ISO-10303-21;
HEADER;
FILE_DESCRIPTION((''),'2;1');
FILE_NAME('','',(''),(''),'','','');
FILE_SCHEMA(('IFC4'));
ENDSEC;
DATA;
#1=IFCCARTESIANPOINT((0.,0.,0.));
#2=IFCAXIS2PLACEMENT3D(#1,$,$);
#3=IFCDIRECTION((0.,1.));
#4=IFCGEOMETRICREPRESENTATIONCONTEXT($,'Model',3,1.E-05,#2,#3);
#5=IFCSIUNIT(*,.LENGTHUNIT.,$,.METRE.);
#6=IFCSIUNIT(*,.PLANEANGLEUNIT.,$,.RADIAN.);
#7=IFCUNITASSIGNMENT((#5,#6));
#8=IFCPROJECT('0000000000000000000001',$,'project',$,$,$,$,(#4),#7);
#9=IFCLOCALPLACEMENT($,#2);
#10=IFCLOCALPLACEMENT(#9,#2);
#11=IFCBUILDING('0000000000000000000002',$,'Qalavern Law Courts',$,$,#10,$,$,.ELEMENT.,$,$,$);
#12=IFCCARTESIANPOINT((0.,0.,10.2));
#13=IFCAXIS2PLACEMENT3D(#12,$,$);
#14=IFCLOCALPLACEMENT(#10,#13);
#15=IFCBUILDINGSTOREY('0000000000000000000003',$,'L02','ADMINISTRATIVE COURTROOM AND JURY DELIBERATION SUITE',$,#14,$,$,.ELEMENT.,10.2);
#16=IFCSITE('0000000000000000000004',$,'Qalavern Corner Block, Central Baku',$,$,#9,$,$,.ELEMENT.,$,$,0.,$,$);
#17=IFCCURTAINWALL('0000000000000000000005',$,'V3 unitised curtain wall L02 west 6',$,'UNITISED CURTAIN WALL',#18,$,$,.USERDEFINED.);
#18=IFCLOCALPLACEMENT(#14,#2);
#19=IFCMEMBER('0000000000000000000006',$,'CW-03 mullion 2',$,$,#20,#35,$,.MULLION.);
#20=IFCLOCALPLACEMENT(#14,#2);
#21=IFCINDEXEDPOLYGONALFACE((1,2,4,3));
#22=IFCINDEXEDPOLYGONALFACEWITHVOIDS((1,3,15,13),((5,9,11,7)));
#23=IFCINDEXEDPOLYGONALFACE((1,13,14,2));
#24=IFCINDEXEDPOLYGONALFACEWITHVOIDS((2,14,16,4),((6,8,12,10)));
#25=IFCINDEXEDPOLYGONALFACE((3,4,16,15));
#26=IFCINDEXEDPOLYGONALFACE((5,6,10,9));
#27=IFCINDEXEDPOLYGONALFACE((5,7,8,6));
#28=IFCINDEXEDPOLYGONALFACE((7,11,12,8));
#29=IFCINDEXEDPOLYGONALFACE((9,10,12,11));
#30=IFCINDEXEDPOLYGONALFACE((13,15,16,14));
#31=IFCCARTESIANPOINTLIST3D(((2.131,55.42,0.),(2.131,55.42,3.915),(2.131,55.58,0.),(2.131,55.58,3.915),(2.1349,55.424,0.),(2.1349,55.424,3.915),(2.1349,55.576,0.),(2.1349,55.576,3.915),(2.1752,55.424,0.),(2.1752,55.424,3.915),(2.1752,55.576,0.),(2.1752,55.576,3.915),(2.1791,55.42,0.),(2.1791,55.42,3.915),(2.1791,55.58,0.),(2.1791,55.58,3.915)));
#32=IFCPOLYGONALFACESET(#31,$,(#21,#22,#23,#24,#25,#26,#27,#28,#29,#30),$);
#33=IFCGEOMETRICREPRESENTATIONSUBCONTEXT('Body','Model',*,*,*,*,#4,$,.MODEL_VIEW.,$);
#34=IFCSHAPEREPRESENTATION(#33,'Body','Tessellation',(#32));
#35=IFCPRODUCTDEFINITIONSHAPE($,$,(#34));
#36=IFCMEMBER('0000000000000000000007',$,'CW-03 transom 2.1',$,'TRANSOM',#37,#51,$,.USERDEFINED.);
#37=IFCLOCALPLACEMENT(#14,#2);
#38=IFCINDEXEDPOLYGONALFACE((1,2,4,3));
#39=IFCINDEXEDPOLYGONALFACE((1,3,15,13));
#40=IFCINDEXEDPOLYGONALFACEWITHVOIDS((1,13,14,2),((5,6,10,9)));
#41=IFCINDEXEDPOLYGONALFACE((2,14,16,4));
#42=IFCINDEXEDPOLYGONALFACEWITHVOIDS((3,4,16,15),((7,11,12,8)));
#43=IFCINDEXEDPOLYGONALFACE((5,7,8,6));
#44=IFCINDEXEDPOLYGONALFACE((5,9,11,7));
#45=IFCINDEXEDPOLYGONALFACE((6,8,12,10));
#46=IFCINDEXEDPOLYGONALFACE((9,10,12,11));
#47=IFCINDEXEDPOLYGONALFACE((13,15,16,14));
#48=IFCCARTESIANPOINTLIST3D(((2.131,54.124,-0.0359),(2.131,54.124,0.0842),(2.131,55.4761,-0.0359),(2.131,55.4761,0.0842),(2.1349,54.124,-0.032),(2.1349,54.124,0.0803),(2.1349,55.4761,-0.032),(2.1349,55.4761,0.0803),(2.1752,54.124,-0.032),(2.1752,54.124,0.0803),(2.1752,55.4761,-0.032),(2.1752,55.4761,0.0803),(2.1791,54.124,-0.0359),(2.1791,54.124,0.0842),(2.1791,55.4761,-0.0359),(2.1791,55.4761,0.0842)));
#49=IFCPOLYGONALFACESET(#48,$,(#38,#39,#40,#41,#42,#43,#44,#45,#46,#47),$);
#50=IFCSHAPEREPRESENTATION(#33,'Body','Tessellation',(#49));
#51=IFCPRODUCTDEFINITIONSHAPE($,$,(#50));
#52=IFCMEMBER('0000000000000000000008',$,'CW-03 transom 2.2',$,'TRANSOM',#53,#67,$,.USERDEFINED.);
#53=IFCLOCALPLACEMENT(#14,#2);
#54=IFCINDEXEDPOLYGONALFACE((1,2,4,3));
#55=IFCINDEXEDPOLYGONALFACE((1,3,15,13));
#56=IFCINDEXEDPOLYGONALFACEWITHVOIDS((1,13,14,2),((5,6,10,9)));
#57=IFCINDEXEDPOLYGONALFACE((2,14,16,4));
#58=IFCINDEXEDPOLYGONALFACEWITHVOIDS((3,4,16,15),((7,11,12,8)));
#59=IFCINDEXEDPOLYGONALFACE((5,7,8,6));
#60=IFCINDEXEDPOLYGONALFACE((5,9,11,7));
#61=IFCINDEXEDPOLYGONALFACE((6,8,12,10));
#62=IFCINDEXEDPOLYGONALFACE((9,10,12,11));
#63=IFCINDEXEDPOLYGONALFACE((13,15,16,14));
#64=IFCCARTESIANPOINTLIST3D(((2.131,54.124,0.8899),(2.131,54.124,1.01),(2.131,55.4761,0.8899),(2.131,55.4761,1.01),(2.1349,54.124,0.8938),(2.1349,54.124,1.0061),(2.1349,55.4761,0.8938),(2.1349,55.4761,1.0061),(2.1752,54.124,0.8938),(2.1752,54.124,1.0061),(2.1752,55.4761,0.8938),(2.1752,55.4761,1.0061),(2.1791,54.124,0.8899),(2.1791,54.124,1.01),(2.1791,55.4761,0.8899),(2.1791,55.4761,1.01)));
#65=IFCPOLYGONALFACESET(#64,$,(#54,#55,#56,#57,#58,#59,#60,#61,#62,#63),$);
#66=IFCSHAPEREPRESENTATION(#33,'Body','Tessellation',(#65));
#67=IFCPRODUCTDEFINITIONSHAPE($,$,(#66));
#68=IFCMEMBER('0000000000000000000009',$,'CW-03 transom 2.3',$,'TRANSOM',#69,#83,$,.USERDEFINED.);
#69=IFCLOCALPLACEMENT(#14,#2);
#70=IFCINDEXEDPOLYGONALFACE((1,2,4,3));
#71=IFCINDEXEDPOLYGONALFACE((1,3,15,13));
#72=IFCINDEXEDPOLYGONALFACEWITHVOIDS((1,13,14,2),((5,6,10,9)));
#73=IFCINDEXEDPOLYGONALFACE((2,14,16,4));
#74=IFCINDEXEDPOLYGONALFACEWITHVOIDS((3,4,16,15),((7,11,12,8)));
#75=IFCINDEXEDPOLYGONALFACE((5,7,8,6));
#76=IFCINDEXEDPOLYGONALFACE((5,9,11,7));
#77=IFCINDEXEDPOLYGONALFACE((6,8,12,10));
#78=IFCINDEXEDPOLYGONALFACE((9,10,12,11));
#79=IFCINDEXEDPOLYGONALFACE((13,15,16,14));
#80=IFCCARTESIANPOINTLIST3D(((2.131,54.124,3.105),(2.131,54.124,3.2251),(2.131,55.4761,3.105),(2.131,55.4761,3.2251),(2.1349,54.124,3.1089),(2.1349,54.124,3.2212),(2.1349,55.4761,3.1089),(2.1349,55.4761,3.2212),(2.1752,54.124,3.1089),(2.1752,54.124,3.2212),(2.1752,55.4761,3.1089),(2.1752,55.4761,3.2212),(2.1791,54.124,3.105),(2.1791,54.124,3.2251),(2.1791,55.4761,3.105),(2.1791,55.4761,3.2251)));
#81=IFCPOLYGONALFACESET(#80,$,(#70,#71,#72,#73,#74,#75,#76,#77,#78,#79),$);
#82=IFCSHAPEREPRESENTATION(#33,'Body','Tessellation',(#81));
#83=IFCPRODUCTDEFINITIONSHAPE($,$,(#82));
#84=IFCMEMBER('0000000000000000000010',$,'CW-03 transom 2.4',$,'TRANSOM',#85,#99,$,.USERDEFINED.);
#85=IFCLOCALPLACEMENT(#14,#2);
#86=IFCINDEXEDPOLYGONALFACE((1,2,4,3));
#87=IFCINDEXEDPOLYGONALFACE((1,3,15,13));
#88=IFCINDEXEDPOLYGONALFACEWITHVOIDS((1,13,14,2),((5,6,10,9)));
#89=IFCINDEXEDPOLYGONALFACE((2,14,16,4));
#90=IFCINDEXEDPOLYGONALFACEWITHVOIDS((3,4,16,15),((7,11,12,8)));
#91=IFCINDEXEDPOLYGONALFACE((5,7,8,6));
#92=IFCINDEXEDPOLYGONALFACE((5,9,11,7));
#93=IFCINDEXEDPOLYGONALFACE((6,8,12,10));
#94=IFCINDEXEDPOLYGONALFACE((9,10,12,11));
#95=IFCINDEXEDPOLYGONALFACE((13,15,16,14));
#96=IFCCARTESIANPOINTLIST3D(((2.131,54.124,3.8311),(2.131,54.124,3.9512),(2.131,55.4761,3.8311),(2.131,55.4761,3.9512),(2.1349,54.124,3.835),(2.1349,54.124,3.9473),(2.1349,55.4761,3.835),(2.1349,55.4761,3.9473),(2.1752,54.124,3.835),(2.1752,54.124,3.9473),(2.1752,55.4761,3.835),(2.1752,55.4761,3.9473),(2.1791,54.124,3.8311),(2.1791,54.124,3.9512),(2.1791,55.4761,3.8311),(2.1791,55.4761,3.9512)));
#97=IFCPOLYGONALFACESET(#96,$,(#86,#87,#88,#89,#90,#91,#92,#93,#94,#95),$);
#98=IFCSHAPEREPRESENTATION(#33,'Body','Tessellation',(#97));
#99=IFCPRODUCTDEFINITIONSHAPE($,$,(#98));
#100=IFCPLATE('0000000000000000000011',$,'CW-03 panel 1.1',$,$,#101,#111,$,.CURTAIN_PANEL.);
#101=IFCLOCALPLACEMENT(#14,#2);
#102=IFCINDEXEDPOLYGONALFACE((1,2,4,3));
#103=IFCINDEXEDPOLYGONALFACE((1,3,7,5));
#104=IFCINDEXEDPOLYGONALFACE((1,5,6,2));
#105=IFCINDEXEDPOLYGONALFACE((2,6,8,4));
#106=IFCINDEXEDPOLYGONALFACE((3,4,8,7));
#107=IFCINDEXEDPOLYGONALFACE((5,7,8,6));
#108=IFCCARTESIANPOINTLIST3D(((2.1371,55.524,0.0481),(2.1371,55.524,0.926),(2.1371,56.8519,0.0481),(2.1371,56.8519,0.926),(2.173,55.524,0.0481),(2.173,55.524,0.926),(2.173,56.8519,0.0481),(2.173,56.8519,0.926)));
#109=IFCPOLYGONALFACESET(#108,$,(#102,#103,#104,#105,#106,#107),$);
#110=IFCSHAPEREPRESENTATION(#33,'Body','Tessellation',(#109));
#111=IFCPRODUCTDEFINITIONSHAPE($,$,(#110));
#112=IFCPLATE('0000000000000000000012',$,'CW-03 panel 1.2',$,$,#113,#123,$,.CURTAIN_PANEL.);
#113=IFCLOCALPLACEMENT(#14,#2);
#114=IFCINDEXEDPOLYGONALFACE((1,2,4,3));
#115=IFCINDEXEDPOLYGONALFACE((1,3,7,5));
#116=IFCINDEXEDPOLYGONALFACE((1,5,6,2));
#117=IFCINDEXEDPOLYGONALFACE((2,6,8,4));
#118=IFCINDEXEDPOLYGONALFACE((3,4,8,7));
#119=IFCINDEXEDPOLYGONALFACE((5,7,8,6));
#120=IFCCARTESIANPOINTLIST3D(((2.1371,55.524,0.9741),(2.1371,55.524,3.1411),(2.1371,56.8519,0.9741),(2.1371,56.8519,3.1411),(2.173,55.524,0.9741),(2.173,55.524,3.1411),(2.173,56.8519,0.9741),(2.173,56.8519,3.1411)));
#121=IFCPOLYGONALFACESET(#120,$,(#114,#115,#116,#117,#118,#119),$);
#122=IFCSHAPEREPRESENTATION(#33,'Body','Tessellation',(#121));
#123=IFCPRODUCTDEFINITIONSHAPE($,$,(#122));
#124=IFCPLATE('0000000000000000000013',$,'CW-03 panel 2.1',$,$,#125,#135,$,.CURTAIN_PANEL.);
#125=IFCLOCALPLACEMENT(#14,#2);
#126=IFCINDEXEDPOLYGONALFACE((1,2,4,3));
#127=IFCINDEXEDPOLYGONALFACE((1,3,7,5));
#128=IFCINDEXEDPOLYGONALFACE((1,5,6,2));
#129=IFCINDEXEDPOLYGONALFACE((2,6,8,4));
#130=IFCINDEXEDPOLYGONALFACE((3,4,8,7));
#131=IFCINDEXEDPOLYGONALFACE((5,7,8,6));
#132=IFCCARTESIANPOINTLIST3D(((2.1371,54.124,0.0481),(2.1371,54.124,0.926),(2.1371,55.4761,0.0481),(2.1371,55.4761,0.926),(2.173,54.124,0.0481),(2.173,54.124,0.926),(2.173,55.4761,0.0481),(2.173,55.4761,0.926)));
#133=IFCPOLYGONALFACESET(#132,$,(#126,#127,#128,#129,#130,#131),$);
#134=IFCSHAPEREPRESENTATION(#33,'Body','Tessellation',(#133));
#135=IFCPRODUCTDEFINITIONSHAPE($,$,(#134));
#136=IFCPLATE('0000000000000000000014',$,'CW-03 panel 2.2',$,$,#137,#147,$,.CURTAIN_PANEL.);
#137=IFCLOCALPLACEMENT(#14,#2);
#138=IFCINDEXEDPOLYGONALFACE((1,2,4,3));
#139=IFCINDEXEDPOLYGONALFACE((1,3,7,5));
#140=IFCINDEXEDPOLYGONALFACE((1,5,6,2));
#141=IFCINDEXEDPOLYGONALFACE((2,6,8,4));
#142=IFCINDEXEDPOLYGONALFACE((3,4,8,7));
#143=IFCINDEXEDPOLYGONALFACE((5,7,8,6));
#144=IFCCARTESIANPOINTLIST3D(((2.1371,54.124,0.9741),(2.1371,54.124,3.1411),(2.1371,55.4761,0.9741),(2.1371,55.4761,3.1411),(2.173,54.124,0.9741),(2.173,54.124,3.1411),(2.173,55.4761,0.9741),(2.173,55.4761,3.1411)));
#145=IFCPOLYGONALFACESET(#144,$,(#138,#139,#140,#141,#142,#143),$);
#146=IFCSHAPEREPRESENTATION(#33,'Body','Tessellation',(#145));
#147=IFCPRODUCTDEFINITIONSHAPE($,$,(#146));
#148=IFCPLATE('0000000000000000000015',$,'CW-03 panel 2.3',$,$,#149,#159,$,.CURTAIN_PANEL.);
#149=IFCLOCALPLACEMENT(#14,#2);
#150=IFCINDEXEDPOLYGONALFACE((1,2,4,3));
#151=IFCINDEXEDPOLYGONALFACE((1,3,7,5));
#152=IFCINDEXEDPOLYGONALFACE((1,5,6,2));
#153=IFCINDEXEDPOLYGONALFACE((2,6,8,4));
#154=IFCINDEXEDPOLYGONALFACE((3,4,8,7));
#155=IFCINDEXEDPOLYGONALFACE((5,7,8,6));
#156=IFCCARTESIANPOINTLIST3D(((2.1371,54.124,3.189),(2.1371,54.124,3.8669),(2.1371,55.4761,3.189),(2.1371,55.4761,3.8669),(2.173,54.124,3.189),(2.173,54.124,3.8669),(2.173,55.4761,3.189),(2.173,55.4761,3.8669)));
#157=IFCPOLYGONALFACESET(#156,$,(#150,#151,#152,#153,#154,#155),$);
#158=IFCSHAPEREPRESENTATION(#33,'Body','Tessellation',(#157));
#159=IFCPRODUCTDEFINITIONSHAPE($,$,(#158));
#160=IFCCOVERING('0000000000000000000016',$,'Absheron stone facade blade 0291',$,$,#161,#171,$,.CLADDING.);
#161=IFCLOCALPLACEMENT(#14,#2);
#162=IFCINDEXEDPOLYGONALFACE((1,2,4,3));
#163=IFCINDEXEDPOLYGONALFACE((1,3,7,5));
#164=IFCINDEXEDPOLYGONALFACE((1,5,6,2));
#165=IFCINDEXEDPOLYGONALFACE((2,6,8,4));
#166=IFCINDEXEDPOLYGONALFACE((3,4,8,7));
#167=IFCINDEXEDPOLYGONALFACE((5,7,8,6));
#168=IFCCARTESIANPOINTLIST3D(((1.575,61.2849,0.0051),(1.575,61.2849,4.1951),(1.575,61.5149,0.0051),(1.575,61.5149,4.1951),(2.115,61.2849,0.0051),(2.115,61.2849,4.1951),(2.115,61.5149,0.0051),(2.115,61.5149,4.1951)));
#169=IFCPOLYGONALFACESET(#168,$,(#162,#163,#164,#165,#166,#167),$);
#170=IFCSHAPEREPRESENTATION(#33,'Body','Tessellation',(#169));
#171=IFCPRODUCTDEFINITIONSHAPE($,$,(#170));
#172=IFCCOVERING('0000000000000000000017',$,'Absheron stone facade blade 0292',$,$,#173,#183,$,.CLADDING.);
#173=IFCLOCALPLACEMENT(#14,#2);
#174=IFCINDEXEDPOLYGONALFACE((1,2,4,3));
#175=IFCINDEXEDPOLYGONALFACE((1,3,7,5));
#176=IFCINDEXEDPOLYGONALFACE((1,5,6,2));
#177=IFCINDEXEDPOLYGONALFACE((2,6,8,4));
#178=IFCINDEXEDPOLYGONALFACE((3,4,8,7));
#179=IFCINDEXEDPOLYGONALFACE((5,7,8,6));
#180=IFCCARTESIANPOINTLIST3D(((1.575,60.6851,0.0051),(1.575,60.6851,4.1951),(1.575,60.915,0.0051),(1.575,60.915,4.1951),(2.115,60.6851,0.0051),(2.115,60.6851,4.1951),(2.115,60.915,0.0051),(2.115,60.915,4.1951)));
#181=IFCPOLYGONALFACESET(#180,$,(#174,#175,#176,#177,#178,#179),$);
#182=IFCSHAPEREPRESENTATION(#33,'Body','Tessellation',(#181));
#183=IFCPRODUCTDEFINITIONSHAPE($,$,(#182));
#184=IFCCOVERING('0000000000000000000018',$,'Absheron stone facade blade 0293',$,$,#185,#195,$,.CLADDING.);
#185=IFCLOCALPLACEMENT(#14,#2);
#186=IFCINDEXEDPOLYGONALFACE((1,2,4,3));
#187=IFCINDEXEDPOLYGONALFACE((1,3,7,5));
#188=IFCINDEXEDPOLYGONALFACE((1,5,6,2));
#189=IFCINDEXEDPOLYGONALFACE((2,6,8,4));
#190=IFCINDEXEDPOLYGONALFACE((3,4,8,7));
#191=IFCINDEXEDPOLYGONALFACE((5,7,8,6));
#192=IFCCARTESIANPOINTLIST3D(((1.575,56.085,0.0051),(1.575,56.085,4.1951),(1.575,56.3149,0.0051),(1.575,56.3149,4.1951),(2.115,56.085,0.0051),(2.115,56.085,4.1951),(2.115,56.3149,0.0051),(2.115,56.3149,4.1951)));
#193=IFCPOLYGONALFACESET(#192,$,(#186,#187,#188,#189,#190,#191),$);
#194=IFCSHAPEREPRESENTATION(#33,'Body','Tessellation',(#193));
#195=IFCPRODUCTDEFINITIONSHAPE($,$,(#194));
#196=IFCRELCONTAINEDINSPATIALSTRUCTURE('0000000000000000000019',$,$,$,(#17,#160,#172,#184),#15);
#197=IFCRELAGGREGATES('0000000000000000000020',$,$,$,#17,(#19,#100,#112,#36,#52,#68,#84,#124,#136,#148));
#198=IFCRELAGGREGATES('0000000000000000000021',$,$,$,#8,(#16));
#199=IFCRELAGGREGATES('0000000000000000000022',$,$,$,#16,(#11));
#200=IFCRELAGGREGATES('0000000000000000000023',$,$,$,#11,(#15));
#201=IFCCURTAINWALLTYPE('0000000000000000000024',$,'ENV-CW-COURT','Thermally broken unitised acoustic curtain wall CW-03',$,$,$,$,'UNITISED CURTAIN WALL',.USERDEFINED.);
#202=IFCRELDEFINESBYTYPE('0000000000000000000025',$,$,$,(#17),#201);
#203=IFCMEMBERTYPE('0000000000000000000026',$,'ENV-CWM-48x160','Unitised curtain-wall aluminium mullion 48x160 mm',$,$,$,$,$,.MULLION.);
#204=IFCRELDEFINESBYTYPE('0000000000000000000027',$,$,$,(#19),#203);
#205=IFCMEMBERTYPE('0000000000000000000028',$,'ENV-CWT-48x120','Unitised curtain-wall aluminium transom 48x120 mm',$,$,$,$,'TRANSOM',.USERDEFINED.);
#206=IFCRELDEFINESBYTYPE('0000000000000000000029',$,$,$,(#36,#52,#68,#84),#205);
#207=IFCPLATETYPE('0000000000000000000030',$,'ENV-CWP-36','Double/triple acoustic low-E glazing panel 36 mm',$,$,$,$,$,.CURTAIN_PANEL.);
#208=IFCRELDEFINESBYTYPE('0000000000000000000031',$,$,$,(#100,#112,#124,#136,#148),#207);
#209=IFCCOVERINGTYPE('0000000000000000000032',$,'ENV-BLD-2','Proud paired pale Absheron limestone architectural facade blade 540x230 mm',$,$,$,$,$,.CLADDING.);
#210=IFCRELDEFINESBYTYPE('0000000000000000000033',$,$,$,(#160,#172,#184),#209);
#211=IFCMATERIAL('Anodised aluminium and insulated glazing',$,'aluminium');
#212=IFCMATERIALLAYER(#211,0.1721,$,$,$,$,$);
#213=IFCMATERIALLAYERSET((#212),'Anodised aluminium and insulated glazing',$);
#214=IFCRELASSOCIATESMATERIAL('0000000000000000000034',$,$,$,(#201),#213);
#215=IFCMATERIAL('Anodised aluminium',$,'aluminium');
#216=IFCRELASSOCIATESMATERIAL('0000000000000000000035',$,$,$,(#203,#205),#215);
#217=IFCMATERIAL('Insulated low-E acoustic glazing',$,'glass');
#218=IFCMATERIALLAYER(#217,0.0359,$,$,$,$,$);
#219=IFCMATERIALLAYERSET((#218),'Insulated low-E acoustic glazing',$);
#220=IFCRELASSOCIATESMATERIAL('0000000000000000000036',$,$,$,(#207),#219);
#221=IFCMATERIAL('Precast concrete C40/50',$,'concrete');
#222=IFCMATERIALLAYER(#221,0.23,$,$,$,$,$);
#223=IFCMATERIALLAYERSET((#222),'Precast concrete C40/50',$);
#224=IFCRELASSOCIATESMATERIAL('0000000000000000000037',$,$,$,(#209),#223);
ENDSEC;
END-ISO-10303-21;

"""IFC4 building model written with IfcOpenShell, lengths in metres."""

from ifc_helpers import new_model, si_unit, direction, frame, origin, origin_2d, place, context, subcontext, project, spatial, rectangle, hollow_rectangle, extrude, material, layer, layer_set, material_profile, profile_set, type_object, element, aggregate, save


model = new_model("IFC4")

# Units and contexts
model_context = context("Model", 3, precision=1e-05, world=origin(), true_north=direction((0.0, 1.0)))
body_context = subcontext(model_context, "Body", "Model", "MODEL_VIEW")
ifc_project = project(units=[si_unit("LENGTHUNIT", "METRE"), si_unit("PLANEANGLEUNIT", "RADIAN")], contexts=[model_context])

# Site, building, storey
site_placement = place(None, origin())
site = spatial("IfcSite", under=ifc_project, at=site_placement, Name="Qalavern Corner Block, Central Baku", CompositionType="ELEMENT", RefElevation=0.0)
building_placement = place(site_placement, origin())
building = spatial("IfcBuilding", under=site, at=building_placement, Name="Qalavern Law Courts", CompositionType="ELEMENT")
storey_placement = place(building_placement, frame((0.0, 0.0, 10.2)))
storey = spatial("IfcBuildingStorey", under=building, at=storey_placement, Name="L02", Description="ADMINISTRATIVE COURTROOM AND JURY DELIBERATION SUITE", CompositionType="ELEMENT", Elevation=10.2)

# Curtain wall, members, plates
ifc_material_1 = material(Name="Anodised aluminium and insulated glazing", Category="aluminium")
ifc_layer_1 = layer(ifc_material_1, 0.1721)
ifc_layer_set_1 = layer_set([ifc_layer_1], Name="Anodised aluminium and insulated glazing")
curtain_wall_type = type_object("IfcCurtainWallType", Name="ENV-CW-COURT", Description="Thermally broken unitised acoustic curtain wall CW-03", ElementType="UNITISED CURTAIN WALL", PredefinedType="USERDEFINED", material=ifc_layer_set_1)
curtain_wall_placement = place(storey_placement, origin())
curtain_wall = element("IfcCurtainWall", 1, at=curtain_wall_placement, inside=storey, type_object=curtain_wall_type, Name="V3 unitised curtain wall L02 west 6", ObjectType="UNITISED CURTAIN WALL", PredefinedType="USERDEFINED")
ifc_material_2 = material(Name="Anodised aluminium", Category="aluminium")
ifc_material_profile_1 = material_profile(ifc_material_2, hollow_rectangle(XDim=0.0481, YDim=0.1599, WallThickness=0.0039, at=origin_2d()), Name="ALU MULLION 48x160")
ifc_profile_set_1 = profile_set([ifc_material_profile_1], Name="Anodised aluminium")
member_type_1 = type_object("IfcMemberType", Name="ENV-CWM-48x160", Description="Unitised curtain-wall aluminium mullion 48x160 mm", PredefinedType="MULLION", material=ifc_profile_set_1)
member_1_placement = place(storey_placement, frame((2.155, 55.5, 0.0), z_axis=(0.0, 0.0, 1.0), x_axis=(1.0, 0.0, 0.0)))
member_1 = element("IfcMember", 2, at=member_1_placement, type_object=member_type_1, Name="CW-03 mullion 2", PredefinedType="MULLION", context=body_context, shape_type="SweptSolid", body=[
    extrude(hollow_rectangle(XDim=0.0481, YDim=0.1599, WallThickness=0.0039, at=origin_2d()), origin(), (0.0, 0.0, 1.0), 3.915),
])
ifc_material_profile_2 = material_profile(ifc_material_2, hollow_rectangle(XDim=0.0481, YDim=0.1201, WallThickness=0.0039, at=origin_2d()), Name="ALU TRANSOM 48x120")
ifc_profile_set_2 = profile_set([ifc_material_profile_2], Name="Anodised aluminium")
member_type_2 = type_object("IfcMemberType", Name="ENV-CWT-48x120", Description="Unitised curtain-wall aluminium transom 48x120 mm", ElementType="TRANSOM", PredefinedType="USERDEFINED", material=ifc_profile_set_2)
member_2_placement = place(storey_placement, frame((2.155, 55.4761, 0.0242), z_axis=(0.0, -1.0, 0.0), x_axis=(1.0, 0.0, 0.0)))
member_2 = element("IfcMember", 3, at=member_2_placement, type_object=member_type_2, Name="CW-03 transom 2.1", ObjectType="TRANSOM", PredefinedType="USERDEFINED", context=body_context, shape_type="SweptSolid", body=[
    extrude(hollow_rectangle(XDim=0.0481, YDim=0.1201, WallThickness=0.0039, at=origin_2d()), origin(), (0.0, 0.0, 1.0), 1.3521),
])
member_3_placement = place(storey_placement, frame((2.155, 55.4761, 0.95), z_axis=(0.0, -1.0, 0.0), x_axis=(1.0, 0.0, 0.0)))
member_3 = element("IfcMember", 4, at=member_3_placement, type_object=member_type_2, Name="CW-03 transom 2.2", ObjectType="TRANSOM", PredefinedType="USERDEFINED", context=body_context, shape_type="SweptSolid", body=[
    extrude(hollow_rectangle(XDim=0.0481, YDim=0.1201, WallThickness=0.0039, at=origin_2d()), origin(), (0.0, 0.0, 1.0), 1.3521),
])
member_4_placement = place(storey_placement, frame((2.155, 55.4761, 3.165), z_axis=(0.0, -1.0, 0.0), x_axis=(1.0, 0.0, 0.0)))
member_4 = element("IfcMember", 5, at=member_4_placement, type_object=member_type_2, Name="CW-03 transom 2.3", ObjectType="TRANSOM", PredefinedType="USERDEFINED", context=body_context, shape_type="SweptSolid", body=[
    extrude(hollow_rectangle(XDim=0.0481, YDim=0.1201, WallThickness=0.0039, at=origin_2d()), origin(), (0.0, 0.0, 1.0), 1.3521),
])
member_5_placement = place(storey_placement, frame((2.155, 55.4761, 3.8911), z_axis=(0.0, -1.0, 0.0), x_axis=(1.0, 0.0, 0.0)))
member_5 = element("IfcMember", 6, at=member_5_placement, type_object=member_type_2, Name="CW-03 transom 2.4", ObjectType="TRANSOM", PredefinedType="USERDEFINED", context=body_context, shape_type="SweptSolid", body=[
    extrude(hollow_rectangle(XDim=0.0481, YDim=0.1201, WallThickness=0.0039, at=origin_2d()), origin(), (0.0, 0.0, 1.0), 1.3521),
])
ifc_material_3 = material(Name="Insulated low-E acoustic glazing", Category="glass")
ifc_layer_2 = layer(ifc_material_3, 0.0359)
ifc_layer_set_2 = layer_set([ifc_layer_2], Name="Insulated low-E acoustic glazing")
plate_type = type_object("IfcPlateType", Name="ENV-CWP-36", Description="Double/triple acoustic low-E glazing panel 36 mm", PredefinedType="CURTAIN_PANEL", material=ifc_layer_set_2)
plate_1_placement = place(storey_placement, frame((2.155, 56.188, 0.0481), z_axis=(0.0, 0.0, 1.0), x_axis=(0.0, -1.0, 0.0)))
plate_1 = element("IfcPlate", 7, at=plate_1_placement, type_object=plate_type, Name="CW-03 panel 1.1", PredefinedType="CURTAIN_PANEL", context=body_context, shape_type="SweptSolid", body=[
    extrude(rectangle(XDim=1.3279, YDim=0.0359, at=origin_2d()), origin(), (0.0, 0.0, 1.0), 0.8779),
])
plate_2_placement = place(storey_placement, frame((2.155, 56.188, 0.9741), z_axis=(0.0, 0.0, 1.0), x_axis=(0.0, -1.0, 0.0)))
plate_2 = element("IfcPlate", 8, at=plate_2_placement, type_object=plate_type, Name="CW-03 panel 1.2", PredefinedType="CURTAIN_PANEL", context=body_context, shape_type="SweptSolid", body=[
    extrude(rectangle(XDim=1.3279, YDim=0.0359, at=origin_2d()), origin(), (0.0, 0.0, 1.0), 2.167),
])
plate_3_placement = place(storey_placement, frame((2.155, 54.8, 0.0481), z_axis=(0.0, 0.0, 1.0), x_axis=(0.0, -1.0, 0.0)))
plate_3 = element("IfcPlate", 9, at=plate_3_placement, type_object=plate_type, Name="CW-03 panel 2.1", PredefinedType="CURTAIN_PANEL", context=body_context, shape_type="SweptSolid", body=[
    extrude(rectangle(XDim=1.3521, YDim=0.0359, at=origin_2d()), origin(), (0.0, 0.0, 1.0), 0.8779),
])
plate_4_placement = place(storey_placement, frame((2.155, 54.8, 0.9741), z_axis=(0.0, 0.0, 1.0), x_axis=(0.0, -1.0, 0.0)))
plate_4 = element("IfcPlate", 10, at=plate_4_placement, type_object=plate_type, Name="CW-03 panel 2.2", PredefinedType="CURTAIN_PANEL", context=body_context, shape_type="SweptSolid", body=[
    extrude(rectangle(XDim=1.3521, YDim=0.0359, at=origin_2d()), origin(), (0.0, 0.0, 1.0), 2.167),
])
plate_5_placement = place(storey_placement, frame((2.155, 54.8, 3.189), z_axis=(0.0, 0.0, 1.0), x_axis=(0.0, -1.0, 0.0)))
plate_5 = element("IfcPlate", 11, at=plate_5_placement, type_object=plate_type, Name="CW-03 panel 2.3", PredefinedType="CURTAIN_PANEL", context=body_context, shape_type="SweptSolid", body=[
    extrude(rectangle(XDim=1.3521, YDim=0.0359, at=origin_2d()), origin(), (0.0, 0.0, 1.0), 0.678),
])
aggregate(curtain_wall, [member_1, plate_1, plate_2, member_2, member_3, member_4, member_5, plate_3, plate_4, plate_5])

# Coverings
ifc_material_4 = material(Name="Precast concrete C40/50", Category="concrete")
ifc_layer_3 = layer(ifc_material_4, 0.23)
ifc_layer_set_3 = layer_set([ifc_layer_3], Name="Precast concrete C40/50")
covering_type_1 = type_object("IfcCoveringType", Name="ENV-BLD-2", Description="Proud paired pale Absheron limestone architectural facade blade 540x230 mm", PredefinedType="CLADDING", material=ifc_layer_set_3)
for number, where, z_axis, x_axis, name in (
    (12, (1.845, 61.3999, 0.0051), (0.0, 0.0, 1.0), (-1.0, 0.0, 0.0), "Absheron stone facade blade 0291"),
    (13, (1.845, 60.8, 0.0051), (0.0, 0.0, 1.0), (-1.0, 0.0, 0.0), "Absheron stone facade blade 0292"),
    (14, (1.845, 56.2, 0.0051), (0.0, 0.0, 1.0), (-1.0, 0.0, 0.0), "Absheron stone facade blade 0293"),
):
    element("IfcCovering", number, at=place(storey_placement, frame(where, z_axis=z_axis, x_axis=x_axis)), inside=storey, type_object=covering_type_1, Name=name, PredefinedType="CLADDING", context=body_context, shape_type="SweptSolid", body=[
        extrude(rectangle(XDim=0.54, YDim=0.23, at=origin_2d()), origin(), (0.0, 0.0, 1.0), 4.1899),
    ])

save(model, "model.ifc")
